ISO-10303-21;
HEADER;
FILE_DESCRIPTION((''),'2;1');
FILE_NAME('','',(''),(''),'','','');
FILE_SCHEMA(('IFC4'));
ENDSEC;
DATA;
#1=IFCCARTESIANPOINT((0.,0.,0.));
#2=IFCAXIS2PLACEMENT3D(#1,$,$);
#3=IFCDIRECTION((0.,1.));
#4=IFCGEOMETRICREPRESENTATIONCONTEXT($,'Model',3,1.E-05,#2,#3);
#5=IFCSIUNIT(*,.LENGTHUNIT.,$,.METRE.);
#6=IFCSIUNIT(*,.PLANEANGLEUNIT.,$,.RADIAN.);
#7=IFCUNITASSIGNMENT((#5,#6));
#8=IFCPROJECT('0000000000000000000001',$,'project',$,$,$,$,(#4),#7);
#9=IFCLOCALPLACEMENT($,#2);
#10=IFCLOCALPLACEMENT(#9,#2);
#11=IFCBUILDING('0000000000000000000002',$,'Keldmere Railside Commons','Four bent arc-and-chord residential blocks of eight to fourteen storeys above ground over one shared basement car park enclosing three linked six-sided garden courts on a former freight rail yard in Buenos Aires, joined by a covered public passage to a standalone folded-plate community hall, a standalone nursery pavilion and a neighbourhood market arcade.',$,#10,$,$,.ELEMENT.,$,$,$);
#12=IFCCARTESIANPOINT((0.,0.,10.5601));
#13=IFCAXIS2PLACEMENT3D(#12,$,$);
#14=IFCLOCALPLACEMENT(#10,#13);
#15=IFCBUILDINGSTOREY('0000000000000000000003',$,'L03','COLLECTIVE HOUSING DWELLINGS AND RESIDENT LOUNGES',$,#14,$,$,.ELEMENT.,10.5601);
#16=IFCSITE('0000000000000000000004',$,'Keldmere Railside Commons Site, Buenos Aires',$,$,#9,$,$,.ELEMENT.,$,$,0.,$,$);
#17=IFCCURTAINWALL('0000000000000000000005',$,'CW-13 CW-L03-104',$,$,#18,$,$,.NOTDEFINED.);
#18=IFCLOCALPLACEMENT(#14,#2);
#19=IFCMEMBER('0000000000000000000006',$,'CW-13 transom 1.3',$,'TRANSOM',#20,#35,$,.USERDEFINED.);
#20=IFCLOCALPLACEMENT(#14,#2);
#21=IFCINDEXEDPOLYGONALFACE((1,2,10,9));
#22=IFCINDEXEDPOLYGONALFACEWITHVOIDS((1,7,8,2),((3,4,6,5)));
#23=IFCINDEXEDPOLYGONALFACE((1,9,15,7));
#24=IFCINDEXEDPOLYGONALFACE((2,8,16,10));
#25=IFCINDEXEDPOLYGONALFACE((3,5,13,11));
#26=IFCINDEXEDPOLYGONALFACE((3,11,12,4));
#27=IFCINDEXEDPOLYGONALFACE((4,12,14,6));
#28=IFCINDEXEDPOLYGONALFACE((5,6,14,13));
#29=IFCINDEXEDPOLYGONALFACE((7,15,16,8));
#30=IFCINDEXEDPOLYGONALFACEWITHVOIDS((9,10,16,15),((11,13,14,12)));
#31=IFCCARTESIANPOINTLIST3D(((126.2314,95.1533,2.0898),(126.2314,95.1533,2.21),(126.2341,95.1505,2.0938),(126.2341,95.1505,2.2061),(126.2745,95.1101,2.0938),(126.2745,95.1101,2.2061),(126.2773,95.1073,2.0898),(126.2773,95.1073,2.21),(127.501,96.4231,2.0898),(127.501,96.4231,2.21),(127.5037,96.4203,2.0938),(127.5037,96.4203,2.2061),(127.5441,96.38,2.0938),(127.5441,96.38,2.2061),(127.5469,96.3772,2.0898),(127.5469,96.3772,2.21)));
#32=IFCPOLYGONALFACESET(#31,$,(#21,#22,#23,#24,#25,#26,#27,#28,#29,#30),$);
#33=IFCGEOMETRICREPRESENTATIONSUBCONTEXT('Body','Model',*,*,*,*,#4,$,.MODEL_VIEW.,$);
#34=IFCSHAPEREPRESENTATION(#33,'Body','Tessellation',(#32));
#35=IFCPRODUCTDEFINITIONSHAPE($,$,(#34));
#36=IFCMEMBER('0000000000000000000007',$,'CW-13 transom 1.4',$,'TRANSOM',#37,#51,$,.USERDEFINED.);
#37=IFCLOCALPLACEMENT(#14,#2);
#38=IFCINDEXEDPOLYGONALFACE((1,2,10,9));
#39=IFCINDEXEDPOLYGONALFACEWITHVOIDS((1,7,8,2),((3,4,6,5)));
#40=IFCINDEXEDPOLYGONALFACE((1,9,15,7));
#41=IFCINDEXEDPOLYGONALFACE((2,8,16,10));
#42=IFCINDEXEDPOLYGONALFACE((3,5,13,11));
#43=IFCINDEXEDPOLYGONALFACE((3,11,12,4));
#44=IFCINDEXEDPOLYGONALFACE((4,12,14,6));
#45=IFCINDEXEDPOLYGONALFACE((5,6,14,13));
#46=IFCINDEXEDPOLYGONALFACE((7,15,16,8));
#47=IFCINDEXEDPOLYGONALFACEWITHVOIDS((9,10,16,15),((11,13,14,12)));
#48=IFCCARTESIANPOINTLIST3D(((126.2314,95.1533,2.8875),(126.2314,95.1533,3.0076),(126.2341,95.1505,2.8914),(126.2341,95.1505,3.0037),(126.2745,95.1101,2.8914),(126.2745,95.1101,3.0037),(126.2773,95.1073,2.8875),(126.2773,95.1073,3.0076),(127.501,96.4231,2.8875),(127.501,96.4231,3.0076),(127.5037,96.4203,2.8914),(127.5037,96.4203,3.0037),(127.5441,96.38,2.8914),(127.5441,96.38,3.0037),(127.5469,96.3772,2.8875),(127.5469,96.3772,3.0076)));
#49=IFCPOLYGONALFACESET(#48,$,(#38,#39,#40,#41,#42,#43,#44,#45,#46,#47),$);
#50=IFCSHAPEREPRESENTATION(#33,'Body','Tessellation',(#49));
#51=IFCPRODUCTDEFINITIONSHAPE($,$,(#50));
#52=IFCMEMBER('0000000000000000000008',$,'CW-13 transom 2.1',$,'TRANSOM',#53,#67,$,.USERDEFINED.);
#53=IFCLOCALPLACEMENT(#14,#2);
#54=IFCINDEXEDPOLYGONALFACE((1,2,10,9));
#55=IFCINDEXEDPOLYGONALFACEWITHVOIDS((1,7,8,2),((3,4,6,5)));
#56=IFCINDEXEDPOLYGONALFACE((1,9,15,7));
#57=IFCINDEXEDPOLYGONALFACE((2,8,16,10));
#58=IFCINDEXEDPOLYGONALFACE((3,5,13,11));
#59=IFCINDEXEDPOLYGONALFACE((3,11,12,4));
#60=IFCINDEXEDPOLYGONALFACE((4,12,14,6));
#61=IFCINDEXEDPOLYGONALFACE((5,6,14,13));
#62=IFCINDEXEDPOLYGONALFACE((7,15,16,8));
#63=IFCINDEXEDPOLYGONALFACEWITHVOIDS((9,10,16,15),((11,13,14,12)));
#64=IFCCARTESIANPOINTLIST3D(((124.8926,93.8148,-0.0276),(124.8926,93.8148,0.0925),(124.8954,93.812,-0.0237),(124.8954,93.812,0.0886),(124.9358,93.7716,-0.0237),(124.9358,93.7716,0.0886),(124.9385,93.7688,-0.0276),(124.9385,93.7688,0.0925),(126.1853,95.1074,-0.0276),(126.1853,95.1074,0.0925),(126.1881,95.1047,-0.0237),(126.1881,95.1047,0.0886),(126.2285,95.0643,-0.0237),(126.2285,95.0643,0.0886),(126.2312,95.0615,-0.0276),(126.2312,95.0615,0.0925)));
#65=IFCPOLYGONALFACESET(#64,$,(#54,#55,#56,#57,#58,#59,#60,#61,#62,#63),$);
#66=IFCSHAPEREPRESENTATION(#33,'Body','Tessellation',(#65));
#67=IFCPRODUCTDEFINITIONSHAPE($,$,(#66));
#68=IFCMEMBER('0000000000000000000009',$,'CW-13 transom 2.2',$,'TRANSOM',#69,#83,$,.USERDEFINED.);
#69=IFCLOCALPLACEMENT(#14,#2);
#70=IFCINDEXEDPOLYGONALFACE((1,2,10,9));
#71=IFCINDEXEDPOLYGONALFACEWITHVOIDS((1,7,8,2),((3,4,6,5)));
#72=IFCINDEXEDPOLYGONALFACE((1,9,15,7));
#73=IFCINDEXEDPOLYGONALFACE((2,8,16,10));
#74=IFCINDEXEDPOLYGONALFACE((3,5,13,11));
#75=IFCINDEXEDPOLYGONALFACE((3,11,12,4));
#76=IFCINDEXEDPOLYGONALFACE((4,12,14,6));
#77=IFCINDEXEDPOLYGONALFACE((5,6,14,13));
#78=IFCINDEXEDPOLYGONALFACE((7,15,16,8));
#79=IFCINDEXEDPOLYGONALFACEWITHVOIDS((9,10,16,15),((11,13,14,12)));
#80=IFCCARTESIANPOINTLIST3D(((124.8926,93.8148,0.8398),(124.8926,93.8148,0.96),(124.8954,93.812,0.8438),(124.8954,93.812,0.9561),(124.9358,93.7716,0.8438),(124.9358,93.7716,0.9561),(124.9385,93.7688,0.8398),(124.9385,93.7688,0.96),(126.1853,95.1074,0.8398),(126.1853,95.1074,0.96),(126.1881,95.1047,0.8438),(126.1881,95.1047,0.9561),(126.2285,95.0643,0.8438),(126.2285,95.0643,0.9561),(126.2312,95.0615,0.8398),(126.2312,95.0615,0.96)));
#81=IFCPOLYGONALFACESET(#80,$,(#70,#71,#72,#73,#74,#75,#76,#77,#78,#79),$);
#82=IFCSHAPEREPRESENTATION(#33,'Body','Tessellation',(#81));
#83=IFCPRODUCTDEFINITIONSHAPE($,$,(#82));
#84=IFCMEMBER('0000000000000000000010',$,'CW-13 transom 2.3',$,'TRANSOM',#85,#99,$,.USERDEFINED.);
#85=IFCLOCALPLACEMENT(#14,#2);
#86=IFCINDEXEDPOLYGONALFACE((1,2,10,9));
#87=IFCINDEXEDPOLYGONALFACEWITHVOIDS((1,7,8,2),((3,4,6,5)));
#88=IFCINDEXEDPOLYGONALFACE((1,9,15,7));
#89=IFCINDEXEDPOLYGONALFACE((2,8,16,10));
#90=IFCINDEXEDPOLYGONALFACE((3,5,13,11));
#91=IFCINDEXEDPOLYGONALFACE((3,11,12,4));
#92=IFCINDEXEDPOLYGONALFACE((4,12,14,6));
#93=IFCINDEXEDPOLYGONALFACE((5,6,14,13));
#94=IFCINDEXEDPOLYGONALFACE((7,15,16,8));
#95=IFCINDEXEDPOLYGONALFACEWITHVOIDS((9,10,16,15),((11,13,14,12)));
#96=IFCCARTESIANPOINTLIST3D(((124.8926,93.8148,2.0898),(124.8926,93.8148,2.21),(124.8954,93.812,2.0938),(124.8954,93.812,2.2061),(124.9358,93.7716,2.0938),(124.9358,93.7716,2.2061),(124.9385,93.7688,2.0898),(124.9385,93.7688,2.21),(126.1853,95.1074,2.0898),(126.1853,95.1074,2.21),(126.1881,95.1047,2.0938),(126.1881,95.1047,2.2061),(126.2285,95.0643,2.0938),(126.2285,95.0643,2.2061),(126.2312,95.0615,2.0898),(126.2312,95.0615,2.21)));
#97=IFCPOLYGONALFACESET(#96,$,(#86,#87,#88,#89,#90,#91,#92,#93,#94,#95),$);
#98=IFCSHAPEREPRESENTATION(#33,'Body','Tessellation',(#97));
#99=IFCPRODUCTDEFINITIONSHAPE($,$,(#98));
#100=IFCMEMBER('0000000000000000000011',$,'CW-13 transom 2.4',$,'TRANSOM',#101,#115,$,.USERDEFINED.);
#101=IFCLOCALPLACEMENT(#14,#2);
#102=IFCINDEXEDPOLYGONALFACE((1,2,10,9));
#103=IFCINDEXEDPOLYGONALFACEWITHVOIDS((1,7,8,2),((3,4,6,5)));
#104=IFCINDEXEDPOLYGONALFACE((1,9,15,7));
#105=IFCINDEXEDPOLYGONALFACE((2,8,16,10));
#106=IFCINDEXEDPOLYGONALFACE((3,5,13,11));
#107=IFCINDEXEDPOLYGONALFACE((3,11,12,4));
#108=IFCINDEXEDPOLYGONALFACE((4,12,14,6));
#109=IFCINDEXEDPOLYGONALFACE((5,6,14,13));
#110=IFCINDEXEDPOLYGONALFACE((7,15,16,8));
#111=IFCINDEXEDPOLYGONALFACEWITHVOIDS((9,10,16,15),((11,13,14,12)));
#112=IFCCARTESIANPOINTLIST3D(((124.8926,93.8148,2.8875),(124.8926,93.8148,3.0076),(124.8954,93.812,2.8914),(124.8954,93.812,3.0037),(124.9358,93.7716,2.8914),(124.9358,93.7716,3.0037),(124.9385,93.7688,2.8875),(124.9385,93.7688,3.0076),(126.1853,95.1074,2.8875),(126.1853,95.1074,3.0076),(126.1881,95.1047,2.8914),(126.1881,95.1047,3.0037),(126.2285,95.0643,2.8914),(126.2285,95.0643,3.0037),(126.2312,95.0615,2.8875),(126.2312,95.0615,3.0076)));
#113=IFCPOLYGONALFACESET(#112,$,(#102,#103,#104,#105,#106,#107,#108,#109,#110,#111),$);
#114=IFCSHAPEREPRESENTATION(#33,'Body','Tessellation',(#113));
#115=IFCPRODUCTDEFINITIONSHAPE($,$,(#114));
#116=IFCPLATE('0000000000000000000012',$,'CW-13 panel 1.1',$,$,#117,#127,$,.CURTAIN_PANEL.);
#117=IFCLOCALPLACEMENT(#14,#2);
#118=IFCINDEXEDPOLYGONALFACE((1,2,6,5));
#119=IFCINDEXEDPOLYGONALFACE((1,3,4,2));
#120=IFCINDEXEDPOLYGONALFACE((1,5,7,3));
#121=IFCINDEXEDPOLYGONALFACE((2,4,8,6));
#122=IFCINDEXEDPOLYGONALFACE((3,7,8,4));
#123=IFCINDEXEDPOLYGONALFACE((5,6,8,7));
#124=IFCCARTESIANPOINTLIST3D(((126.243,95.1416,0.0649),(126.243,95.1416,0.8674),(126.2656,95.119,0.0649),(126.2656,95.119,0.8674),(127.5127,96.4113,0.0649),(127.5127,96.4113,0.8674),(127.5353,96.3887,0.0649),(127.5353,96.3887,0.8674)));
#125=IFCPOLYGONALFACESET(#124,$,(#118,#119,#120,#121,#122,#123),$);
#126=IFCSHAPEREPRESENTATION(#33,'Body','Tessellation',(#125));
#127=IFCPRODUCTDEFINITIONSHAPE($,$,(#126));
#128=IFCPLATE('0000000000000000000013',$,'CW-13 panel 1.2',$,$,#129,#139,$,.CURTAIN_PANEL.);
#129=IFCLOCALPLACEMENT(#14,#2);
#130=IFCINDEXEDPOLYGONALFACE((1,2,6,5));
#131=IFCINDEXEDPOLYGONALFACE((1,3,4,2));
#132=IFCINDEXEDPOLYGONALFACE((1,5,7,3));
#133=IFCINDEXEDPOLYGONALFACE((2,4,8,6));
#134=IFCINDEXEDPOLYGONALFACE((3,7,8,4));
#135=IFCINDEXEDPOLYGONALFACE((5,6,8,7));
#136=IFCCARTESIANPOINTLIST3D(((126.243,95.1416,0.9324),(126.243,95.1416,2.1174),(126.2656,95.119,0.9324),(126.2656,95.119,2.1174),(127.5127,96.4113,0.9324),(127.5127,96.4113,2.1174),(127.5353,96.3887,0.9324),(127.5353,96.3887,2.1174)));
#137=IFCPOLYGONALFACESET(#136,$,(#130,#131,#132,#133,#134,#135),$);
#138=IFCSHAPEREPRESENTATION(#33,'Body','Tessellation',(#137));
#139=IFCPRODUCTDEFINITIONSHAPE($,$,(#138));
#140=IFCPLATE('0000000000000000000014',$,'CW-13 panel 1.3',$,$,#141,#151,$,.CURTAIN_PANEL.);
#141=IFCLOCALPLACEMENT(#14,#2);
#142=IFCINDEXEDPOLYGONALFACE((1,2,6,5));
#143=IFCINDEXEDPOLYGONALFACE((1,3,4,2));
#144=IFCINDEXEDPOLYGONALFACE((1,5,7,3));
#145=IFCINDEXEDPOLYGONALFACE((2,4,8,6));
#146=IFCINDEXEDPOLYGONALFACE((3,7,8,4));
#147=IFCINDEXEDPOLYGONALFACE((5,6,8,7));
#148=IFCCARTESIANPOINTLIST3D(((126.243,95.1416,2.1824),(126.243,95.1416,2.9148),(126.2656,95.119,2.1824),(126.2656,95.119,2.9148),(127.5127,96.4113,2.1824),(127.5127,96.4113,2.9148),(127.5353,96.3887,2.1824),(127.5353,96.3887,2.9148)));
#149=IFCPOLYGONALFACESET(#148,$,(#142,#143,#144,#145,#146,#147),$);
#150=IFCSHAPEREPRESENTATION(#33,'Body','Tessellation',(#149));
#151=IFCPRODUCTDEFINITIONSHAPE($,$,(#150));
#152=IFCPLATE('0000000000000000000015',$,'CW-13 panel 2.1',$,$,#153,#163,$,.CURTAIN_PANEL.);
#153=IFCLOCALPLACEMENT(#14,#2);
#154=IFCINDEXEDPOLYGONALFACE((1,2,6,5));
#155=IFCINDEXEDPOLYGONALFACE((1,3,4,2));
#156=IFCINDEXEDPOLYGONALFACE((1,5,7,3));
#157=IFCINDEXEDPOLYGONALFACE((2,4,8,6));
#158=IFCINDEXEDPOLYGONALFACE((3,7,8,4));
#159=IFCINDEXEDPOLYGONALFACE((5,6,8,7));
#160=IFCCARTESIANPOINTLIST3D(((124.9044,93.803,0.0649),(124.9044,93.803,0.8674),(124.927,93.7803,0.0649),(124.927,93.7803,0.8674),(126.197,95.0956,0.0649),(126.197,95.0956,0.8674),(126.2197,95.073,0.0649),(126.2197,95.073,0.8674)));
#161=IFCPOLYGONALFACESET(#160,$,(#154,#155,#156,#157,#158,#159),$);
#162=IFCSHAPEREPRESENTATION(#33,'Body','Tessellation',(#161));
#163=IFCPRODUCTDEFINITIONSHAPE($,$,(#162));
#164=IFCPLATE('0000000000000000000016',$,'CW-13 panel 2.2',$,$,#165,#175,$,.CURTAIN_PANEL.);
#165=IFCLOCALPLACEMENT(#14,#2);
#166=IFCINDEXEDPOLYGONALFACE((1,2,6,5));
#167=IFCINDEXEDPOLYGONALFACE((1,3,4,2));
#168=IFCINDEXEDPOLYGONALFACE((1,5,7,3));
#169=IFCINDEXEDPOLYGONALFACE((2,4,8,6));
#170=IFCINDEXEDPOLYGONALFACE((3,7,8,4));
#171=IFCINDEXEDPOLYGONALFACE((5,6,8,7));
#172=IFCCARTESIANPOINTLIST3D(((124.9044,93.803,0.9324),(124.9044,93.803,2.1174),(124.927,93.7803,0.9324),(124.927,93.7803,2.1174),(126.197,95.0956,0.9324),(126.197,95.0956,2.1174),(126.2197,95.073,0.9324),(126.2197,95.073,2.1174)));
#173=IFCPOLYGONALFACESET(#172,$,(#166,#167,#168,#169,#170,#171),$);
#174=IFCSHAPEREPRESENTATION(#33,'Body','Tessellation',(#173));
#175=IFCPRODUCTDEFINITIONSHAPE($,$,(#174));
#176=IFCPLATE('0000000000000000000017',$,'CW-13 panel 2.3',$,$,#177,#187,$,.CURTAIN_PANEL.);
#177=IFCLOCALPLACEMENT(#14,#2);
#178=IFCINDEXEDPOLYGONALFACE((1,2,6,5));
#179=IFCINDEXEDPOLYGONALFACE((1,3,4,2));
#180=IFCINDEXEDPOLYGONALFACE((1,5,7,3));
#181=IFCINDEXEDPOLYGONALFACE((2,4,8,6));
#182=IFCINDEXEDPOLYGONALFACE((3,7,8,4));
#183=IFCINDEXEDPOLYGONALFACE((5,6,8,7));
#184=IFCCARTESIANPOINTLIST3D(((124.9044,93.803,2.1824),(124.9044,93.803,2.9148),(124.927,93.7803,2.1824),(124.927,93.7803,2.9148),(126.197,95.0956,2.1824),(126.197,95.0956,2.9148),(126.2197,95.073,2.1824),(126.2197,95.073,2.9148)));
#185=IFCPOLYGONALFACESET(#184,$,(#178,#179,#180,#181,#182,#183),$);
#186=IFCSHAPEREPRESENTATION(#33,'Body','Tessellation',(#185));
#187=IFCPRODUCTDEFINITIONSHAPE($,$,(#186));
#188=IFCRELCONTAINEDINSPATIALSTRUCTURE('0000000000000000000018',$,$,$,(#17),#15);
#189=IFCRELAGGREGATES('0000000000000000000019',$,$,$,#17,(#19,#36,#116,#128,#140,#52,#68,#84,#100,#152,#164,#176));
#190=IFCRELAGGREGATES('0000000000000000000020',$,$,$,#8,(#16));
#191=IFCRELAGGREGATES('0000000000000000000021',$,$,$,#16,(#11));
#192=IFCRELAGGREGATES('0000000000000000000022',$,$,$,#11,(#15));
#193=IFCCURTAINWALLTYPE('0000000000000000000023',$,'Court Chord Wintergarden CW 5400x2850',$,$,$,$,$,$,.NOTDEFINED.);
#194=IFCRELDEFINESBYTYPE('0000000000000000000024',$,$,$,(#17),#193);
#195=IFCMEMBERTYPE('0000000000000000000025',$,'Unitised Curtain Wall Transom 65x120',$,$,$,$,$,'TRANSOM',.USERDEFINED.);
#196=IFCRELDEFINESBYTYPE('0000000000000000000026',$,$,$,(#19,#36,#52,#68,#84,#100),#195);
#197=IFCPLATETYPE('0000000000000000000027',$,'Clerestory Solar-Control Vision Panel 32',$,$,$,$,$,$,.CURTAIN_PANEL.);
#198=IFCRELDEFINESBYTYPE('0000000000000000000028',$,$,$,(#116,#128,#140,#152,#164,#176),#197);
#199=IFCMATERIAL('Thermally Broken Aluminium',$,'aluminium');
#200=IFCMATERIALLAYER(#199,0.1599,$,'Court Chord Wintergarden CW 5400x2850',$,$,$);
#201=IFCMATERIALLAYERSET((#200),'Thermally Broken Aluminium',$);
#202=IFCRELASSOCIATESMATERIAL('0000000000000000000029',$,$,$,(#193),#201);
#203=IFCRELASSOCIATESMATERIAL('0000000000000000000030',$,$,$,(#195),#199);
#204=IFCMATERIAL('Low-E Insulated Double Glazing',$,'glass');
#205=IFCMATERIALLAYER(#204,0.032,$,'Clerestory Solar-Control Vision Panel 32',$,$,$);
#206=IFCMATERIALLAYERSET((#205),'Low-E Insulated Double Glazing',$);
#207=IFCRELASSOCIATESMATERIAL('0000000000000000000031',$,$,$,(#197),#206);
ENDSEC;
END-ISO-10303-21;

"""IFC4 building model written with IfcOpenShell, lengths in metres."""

from ifc_helpers import new_model, si_unit, direction, frame, origin, origin_2d, place, context, subcontext, project, spatial, rectangle, hollow_rectangle, extrude, material, layer, layer_set, material_profile, profile_set, type_object, element, aggregate, save


model = new_model("IFC4")

# Units and contexts
model_context = context("Model", 3, precision=1e-05, world=origin(), true_north=direction((0.0, 1.0)))
body_context = subcontext(model_context, "Body", "Model", "MODEL_VIEW")
ifc_project = project(units=[si_unit("LENGTHUNIT", "METRE"), si_unit("PLANEANGLEUNIT", "RADIAN")], contexts=[model_context])

# Site, building, storey
site_placement = place(None, origin())
site = spatial("IfcSite", under=ifc_project, at=site_placement, Name="Keldmere Railside Commons Site, Buenos Aires", CompositionType="ELEMENT", RefElevation=0.0)
building_placement = place(site_placement, origin())
building = spatial("IfcBuilding", under=site, at=building_placement, Name="Keldmere Railside Commons", Description="Four bent arc-and-chord residential blocks of eight to fourteen storeys above ground over one shared basement car park enclosing three linked six-sided garden courts on a former freight rail yard in Buenos Aires, joined by a covered public passage to a standalone folded-plate community hall, a standalone nursery pavilion and a neighbourhood market arcade.", CompositionType="ELEMENT")
storey_placement = place(building_placement, frame((0.0, 0.0, 10.5601)))
storey = spatial("IfcBuildingStorey", under=building, at=storey_placement, Name="L03", Description="COLLECTIVE HOUSING DWELLINGS AND RESIDENT LOUNGES", CompositionType="ELEMENT", Elevation=10.5601)

# Curtain wall, members, plates
ifc_material_1 = material(Name="Thermally Broken Aluminium", Category="aluminium")
ifc_layer_1 = layer(ifc_material_1, 0.1599, Name="Court Chord Wintergarden CW 5400x2850")
ifc_layer_set_1 = layer_set([ifc_layer_1], Name="Thermally Broken Aluminium")
curtain_wall_type = type_object("IfcCurtainWallType", Name="Court Chord Wintergarden CW 5400x2850", PredefinedType="NOTDEFINED", material=ifc_layer_set_1)
curtain_wall_placement = place(storey_placement, origin())
curtain_wall = element("IfcCurtainWall", 1, at=curtain_wall_placement, inside=storey, type_object=curtain_wall_type, Name="CW-13 CW-L03-104", PredefinedType="NOTDEFINED")
ifc_material_profile_1 = material_profile(ifc_material_1, hollow_rectangle(XDim=0.0649, YDim=0.1201, WallThickness=0.0039, at=origin_2d()), Name="ALU-TRAN-65x120")
ifc_profile_set_1 = profile_set([ifc_material_profile_1], Name="Thermally Broken Aluminium")
member_type_1 = type_object("IfcMemberType", Name="Unitised Curtain Wall Transom 65x120", ElementType="TRANSOM", PredefinedType="USERDEFINED", material=ifc_profile_set_1)
member_1_placement = place(storey_placement, frame((127.5239, 96.4001, 2.1499), z_axis=(-0.707039, -0.707175, 0.0), x_axis=(0.707175, -0.707039, 0.0)))
member_1 = element("IfcMember", 2, at=member_1_placement, type_object=member_type_1, Name="CW-13 transom 1.3", ObjectType="TRANSOM", PredefinedType="USERDEFINED", context=body_context, shape_type="SweptSolid", body=[
    extrude(hollow_rectangle(XDim=0.0649, YDim=0.1201, WallThickness=0.0039, at=origin_2d()), origin(), (0.0, 0.0, 1.0), 1.7957),
])
member_2_placement = place(storey_placement, frame((127.5239, 96.4001, 2.9475), z_axis=(-0.707039, -0.707175, 0.0), x_axis=(0.707175, -0.707039, 0.0)))
member_2 = element("IfcMember", 3, at=member_2_placement, type_object=member_type_1, Name="CW-13 transom 1.4", ObjectType="TRANSOM", PredefinedType="USERDEFINED", context=body_context, shape_type="SweptSolid", body=[
    extrude(hollow_rectangle(XDim=0.0649, YDim=0.1201, WallThickness=0.0039, at=origin_2d()), origin(), (0.0, 0.0, 1.0), 1.7957),
])
member_3_placement = place(storey_placement, frame((126.2083, 95.0845, 0.0325), z_axis=(-0.707107, -0.707107, 0.0), x_axis=(0.707107, -0.707107, 0.0)))
member_3 = element("IfcMember", 4, at=member_3_placement, type_object=member_type_1, Name="CW-13 transom 2.1", ObjectType="TRANSOM", PredefinedType="USERDEFINED", context=body_context, shape_type="SweptSolid", body=[
    extrude(hollow_rectangle(XDim=0.0649, YDim=0.1201, WallThickness=0.0039, at=origin_2d()), origin(), (0.0, 0.0, 1.0), 1.8281),
])
member_4_placement = place(storey_placement, frame((126.2083, 95.0845, 0.8999), z_axis=(-0.707107, -0.707107, 0.0), x_axis=(0.707107, -0.707107, 0.0)))
member_4 = element("IfcMember", 5, at=member_4_placement, type_object=member_type_1, Name="CW-13 transom 2.2", ObjectType="TRANSOM", PredefinedType="USERDEFINED", context=body_context, shape_type="SweptSolid", body=[
    extrude(hollow_rectangle(XDim=0.0649, YDim=0.1201, WallThickness=0.0039, at=origin_2d()), origin(), (0.0, 0.0, 1.0), 1.8281),
])
member_5_placement = place(storey_placement, frame((126.2083, 95.0845, 2.1499), z_axis=(-0.707107, -0.707107, 0.0), x_axis=(0.707107, -0.707107, 0.0)))
member_5 = element("IfcMember", 6, at=member_5_placement, type_object=member_type_1, Name="CW-13 transom 2.3", ObjectType="TRANSOM", PredefinedType="USERDEFINED", context=body_context, shape_type="SweptSolid", body=[
    extrude(hollow_rectangle(XDim=0.0649, YDim=0.1201, WallThickness=0.0039, at=origin_2d()), origin(), (0.0, 0.0, 1.0), 1.8281),
])
member_6_placement = place(storey_placement, frame((126.2083, 95.0845, 2.9475), z_axis=(-0.707107, -0.707107, 0.0), x_axis=(0.707107, -0.707107, 0.0)))
member_6 = element("IfcMember", 7, at=member_6_placement, type_object=member_type_1, Name="CW-13 transom 2.4", ObjectType="TRANSOM", PredefinedType="USERDEFINED", context=body_context, shape_type="SweptSolid", body=[
    extrude(hollow_rectangle(XDim=0.0649, YDim=0.1201, WallThickness=0.0039, at=origin_2d()), origin(), (0.0, 0.0, 1.0), 1.8281),
])
ifc_material_2 = material(Name="Low-E Insulated Double Glazing", Category="glass")
ifc_layer_2 = layer(ifc_material_2, 0.032, Name="Clerestory Solar-Control Vision Panel 32")
ifc_layer_set_2 = layer_set([ifc_layer_2], Name="Low-E Insulated Double Glazing")
plate_type = type_object("IfcPlateType", Name="Clerestory Solar-Control Vision Panel 32", PredefinedType="CURTAIN_PANEL", material=ifc_layer_set_2)
plate_1_placement = place(storey_placement, frame((126.8892, 95.7651, 0.0649), z_axis=(0.0, 0.0, 1.0), x_axis=(-0.707107, -0.707107, 0.0)))
plate_1 = element("IfcPlate", 8, at=plate_1_placement, type_object=plate_type, Name="CW-13 panel 1.1", PredefinedType="CURTAIN_PANEL", context=body_context, shape_type="SweptSolid", body=[
    extrude(rectangle(XDim=1.7957, YDim=0.032, at=origin_2d()), origin(), (0.0, 0.0, 1.0), 0.8025),
])
plate_2_placement = place(storey_placement, frame((126.8892, 95.7651, 0.9324), z_axis=(0.0, 0.0, 1.0), x_axis=(-0.707107, -0.707107, 0.0)))
plate_2 = element("IfcPlate", 9, at=plate_2_placement, type_object=plate_type, Name="CW-13 panel 1.2", PredefinedType="CURTAIN_PANEL", context=body_context, shape_type="SweptSolid", body=[
    extrude(rectangle(XDim=1.7957, YDim=0.032, at=origin_2d()), origin(), (0.0, 0.0, 1.0), 1.1851),
])
plate_3_placement = place(storey_placement, frame((126.8892, 95.7651, 2.1824), z_axis=(0.0, 0.0, 1.0), x_axis=(-0.707107, -0.707107, 0.0)))
plate_3 = element("IfcPlate", 10, at=plate_3_placement, type_object=plate_type, Name="CW-13 panel 1.3", PredefinedType="CURTAIN_PANEL", context=body_context, shape_type="SweptSolid", body=[
    extrude(rectangle(XDim=1.7957, YDim=0.032, at=origin_2d()), origin(), (0.0, 0.0, 1.0), 0.7324),
])
plate_4_placement = place(storey_placement, frame((125.562, 94.438, 0.0649), z_axis=(0.0, 0.0, 1.0), x_axis=(-0.707107, -0.707107, 0.0)))
plate_4 = element("IfcPlate", 11, at=plate_4_placement, type_object=plate_type, Name="CW-13 panel 2.1", PredefinedType="CURTAIN_PANEL", context=body_context, shape_type="SweptSolid", body=[
    extrude(rectangle(XDim=1.8281, YDim=0.032, at=origin_2d()), origin(), (0.0, 0.0, 1.0), 0.8025),
])
plate_5_placement = place(storey_placement, frame((125.562, 94.438, 0.9324), z_axis=(0.0, 0.0, 1.0), x_axis=(-0.707107, -0.707107, 0.0)))
plate_5 = element("IfcPlate", 12, at=plate_5_placement, type_object=plate_type, Name="CW-13 panel 2.2", PredefinedType="CURTAIN_PANEL", context=body_context, shape_type="SweptSolid", body=[
    extrude(rectangle(XDim=1.8281, YDim=0.032, at=origin_2d()), origin(), (0.0, 0.0, 1.0), 1.1851),
])
plate_6_placement = place(storey_placement, frame((125.562, 94.438, 2.1824), z_axis=(0.0, 0.0, 1.0), x_axis=(-0.707107, -0.707107, 0.0)))
plate_6 = element("IfcPlate", 13, at=plate_6_placement, type_object=plate_type, Name="CW-13 panel 2.3", PredefinedType="CURTAIN_PANEL", context=body_context, shape_type="SweptSolid", body=[
    extrude(rectangle(XDim=1.8281, YDim=0.032, at=origin_2d()), origin(), (0.0, 0.0, 1.0), 0.7324),
])
aggregate(curtain_wall, [member_1, member_2, plate_1, plate_2, plate_3, member_3, member_4, member_5, member_6, plate_4, plate_5, plate_6])

save(model, "model.ifc")
